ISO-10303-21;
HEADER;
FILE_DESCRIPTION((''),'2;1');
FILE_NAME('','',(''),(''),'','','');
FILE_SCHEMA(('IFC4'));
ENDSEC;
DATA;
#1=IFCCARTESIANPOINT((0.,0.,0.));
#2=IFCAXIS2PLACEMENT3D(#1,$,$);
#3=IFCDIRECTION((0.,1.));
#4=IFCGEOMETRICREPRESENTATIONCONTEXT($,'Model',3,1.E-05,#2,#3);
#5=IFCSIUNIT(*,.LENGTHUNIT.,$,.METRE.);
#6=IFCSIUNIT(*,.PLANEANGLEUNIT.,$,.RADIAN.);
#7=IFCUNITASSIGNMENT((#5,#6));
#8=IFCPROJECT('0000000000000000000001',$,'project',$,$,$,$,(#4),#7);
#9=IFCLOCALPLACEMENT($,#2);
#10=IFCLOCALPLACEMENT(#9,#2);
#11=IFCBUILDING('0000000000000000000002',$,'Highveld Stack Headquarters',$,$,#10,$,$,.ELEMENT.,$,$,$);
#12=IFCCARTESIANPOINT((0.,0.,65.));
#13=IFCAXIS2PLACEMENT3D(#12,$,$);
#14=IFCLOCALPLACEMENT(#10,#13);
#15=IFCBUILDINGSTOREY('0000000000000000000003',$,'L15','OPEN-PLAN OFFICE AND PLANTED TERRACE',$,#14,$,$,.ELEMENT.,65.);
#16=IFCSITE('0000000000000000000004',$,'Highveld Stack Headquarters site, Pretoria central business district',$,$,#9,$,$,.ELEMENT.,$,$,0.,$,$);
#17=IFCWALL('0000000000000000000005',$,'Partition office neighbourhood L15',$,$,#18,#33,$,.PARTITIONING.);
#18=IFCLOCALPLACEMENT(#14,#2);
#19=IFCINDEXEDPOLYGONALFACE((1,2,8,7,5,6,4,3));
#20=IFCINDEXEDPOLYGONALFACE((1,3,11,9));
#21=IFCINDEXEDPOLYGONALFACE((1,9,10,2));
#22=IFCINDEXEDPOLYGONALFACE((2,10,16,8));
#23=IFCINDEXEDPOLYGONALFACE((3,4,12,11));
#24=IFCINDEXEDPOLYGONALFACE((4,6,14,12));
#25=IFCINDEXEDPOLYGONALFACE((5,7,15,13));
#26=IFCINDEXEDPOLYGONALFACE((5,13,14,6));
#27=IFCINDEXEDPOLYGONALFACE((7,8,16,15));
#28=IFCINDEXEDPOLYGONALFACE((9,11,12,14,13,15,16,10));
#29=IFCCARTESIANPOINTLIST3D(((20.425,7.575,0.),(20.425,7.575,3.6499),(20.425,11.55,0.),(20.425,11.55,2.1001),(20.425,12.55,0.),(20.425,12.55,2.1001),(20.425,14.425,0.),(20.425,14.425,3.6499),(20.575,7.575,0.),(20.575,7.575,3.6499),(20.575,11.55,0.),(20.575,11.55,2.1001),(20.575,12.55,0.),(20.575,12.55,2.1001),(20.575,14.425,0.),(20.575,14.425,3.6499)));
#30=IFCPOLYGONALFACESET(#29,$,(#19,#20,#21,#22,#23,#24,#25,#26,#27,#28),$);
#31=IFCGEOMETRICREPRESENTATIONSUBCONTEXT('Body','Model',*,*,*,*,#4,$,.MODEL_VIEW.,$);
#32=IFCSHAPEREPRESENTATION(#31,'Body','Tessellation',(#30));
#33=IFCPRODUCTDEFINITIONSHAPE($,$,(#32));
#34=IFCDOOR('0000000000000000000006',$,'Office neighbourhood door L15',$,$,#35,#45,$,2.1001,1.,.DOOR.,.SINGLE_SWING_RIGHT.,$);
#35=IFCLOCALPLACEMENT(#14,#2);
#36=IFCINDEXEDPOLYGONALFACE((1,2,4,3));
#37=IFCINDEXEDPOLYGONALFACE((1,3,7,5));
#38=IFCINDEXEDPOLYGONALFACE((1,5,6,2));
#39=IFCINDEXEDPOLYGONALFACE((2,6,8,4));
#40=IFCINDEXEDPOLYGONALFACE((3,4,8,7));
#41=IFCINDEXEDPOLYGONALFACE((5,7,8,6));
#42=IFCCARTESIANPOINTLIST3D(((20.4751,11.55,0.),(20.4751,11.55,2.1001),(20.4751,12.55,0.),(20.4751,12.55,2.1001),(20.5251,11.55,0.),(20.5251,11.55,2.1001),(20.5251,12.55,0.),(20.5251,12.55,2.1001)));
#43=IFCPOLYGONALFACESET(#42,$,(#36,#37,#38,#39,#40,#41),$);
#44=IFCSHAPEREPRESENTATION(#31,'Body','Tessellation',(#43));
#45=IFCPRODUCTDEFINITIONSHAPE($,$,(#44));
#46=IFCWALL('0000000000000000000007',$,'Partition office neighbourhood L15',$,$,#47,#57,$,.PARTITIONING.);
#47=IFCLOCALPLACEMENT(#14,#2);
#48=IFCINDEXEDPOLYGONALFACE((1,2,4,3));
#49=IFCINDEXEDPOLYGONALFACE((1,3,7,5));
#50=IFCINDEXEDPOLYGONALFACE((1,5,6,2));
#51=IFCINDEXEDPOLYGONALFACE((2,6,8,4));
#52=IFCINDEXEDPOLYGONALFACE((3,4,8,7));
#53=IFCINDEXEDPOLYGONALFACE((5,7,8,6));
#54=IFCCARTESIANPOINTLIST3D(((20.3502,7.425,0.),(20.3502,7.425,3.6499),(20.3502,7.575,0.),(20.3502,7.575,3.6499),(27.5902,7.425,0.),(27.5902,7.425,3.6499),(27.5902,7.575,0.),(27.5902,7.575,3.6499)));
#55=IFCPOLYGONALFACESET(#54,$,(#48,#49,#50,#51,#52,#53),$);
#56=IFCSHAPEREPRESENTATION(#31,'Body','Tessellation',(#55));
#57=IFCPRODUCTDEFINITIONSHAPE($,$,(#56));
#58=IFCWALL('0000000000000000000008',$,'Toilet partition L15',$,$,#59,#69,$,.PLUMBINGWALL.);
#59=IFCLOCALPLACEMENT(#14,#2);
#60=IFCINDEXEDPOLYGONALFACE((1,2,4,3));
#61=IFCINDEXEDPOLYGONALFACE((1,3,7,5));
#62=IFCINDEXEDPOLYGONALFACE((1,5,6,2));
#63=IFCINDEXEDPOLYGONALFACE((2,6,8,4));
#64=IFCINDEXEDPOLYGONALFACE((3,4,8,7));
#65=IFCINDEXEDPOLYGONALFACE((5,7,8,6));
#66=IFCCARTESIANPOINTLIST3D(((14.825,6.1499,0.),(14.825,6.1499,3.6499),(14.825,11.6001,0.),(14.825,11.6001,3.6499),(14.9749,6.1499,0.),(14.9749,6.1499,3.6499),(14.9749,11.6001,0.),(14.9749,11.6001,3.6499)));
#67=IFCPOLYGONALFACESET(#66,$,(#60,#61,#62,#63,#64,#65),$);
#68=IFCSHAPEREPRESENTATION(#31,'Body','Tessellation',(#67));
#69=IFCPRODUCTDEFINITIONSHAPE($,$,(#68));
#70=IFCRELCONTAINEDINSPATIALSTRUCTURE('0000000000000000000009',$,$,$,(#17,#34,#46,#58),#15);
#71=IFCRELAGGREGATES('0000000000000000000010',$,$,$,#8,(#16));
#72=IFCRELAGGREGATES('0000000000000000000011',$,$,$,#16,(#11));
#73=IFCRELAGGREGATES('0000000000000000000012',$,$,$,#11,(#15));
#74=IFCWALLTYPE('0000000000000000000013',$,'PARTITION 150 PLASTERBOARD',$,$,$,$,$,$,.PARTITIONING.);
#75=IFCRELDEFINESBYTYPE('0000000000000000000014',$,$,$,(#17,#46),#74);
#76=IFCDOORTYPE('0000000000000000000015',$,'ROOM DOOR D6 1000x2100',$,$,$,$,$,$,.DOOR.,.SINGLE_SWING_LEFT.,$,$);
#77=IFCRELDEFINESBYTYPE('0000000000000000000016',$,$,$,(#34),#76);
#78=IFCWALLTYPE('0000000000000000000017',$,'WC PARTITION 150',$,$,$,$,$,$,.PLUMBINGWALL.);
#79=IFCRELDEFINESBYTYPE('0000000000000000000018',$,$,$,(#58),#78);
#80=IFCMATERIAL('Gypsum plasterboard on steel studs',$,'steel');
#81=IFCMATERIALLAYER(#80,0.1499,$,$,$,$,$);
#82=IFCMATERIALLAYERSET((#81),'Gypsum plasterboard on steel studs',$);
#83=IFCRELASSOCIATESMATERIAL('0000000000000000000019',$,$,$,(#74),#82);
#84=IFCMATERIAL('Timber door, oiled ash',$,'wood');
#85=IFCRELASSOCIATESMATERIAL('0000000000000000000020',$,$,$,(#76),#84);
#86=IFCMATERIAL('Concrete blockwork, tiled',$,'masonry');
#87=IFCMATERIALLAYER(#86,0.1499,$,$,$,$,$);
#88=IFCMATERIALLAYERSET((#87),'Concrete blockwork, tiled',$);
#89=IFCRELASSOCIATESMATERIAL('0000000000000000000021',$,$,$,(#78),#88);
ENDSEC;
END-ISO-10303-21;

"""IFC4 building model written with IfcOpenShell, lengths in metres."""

from ifc_helpers import new_model, si_unit, direction, frame, frame_2d, origin, place, context, subcontext, project, spatial, rectangle, extrude, material, layer, layer_set, type_object, element, fill, save


model = new_model("IFC4")

# Units and contexts
model_context = context("Model", 3, precision=1e-05, world=origin(), true_north=direction((0.0, 1.0)))
body_context = subcontext(model_context, "Body", "Model", "MODEL_VIEW")
ifc_project = project(units=[si_unit("LENGTHUNIT", "METRE"), si_unit("PLANEANGLEUNIT", "RADIAN")], contexts=[model_context])

# Site, building, storey
site_placement = place(None, origin())
site = spatial("IfcSite", under=ifc_project, at=site_placement, Name="Highveld Stack Headquarters site, Pretoria central business district", CompositionType="ELEMENT", RefElevation=0.0)
building_placement = place(site_placement, origin())
building = spatial("IfcBuilding", under=site, at=building_placement, Name="Highveld Stack Headquarters", CompositionType="ELEMENT")
storey_placement = place(building_placement, frame((0.0, 0.0, 65.0)))
storey = spatial("IfcBuildingStorey", under=building, at=storey_placement, Name="L15", Description="OPEN-PLAN OFFICE AND PLANTED TERRACE", CompositionType="ELEMENT", Elevation=65.0)

# Shared definitions
ifc_material_1 = material(Name="Gypsum plasterboard on steel studs", Category="steel")
ifc_layer_1 = layer(ifc_material_1, 0.1499)
ifc_layer_set_1 = layer_set([ifc_layer_1], Name="Gypsum plasterboard on steel studs")
wall_type_1 = type_object("IfcWallType", Name="PARTITION 150 PLASTERBOARD", PredefinedType="PARTITIONING", material=ifc_layer_set_1)

# Shared definitions
ifc_material_2 = material(Name="Timber door, oiled ash", Category="wood")
door_type = type_object("IfcDoorType", Name="ROOM DOOR D6 1000x2100", OperationType="SINGLE_SWING_LEFT", PredefinedType="DOOR", material=ifc_material_2)

# Wall, opening, door
wall_1_placement = place(storey_placement, frame((20.5, 7.575, 0.0), z_axis=(0.0, 0.0, 1.0), x_axis=(0.0, 1.0, 0.0)))
wall_1 = element("IfcWall", 1, at=wall_1_placement, inside=storey, type_object=wall_type_1, Name="Partition office neighbourhood L15", PredefinedType="PARTITIONING", context=body_context, shape_type="SweptSolid", body=[
    extrude(rectangle(XDim=6.8501, YDim=0.1499, at=frame_2d((3.425, 0.0))), origin(), (0.0, 0.0, 1.0), 3.6499),
])
opening_1_placement = place(wall_1_placement, frame((3.9751, 0.0, 0.0)))
opening_1 = element("IfcOpeningElement", 2, at=opening_1_placement, cuts=wall_1, PredefinedType="OPENING", context=body_context, shape_type="SweptSolid", body=[
    extrude(rectangle(XDim=1.0, YDim=2.1001, at=frame_2d((0.5, 1.05))), frame((0.0, 0.085, 0.0), z_axis=(0.0, -1.0, 0.0), x_axis=(1.0, 0.0, 0.0)), (0.0, 0.0, 1.0), 0.1699),
])
door_1_placement = place(opening_1_placement, origin())
door_1 = element("IfcDoor", 3, at=door_1_placement, inside=storey, type_object=door_type, Name="Office neighbourhood door L15", OperationType="SINGLE_SWING_RIGHT", OverallHeight=2.1001, OverallWidth=1.0, PredefinedType="DOOR", context=body_context, shape_type="SweptSolid", body=[
    extrude(rectangle(XDim=1.0, YDim=2.1001, at=frame_2d((0.5, 1.05))), frame((0.0, 0.0249, 0.0), z_axis=(0.0, -1.0, 0.0), x_axis=(1.0, 0.0, 0.0)), (0.0, 0.0, 1.0), 0.05),
])
fill(opening_1, door_1)

# Walls
wall_2_placement = place(storey_placement, frame((20.3501, 7.5, 0.0), z_axis=(0.0, 0.0, 1.0), x_axis=(1.0, 0.0, 0.0)))
element("IfcWall", 4, at=wall_2_placement, inside=storey, type_object=wall_type_1, Name="Partition office neighbourhood L15", PredefinedType="PARTITIONING", context=body_context, shape_type="SweptSolid", body=[
    extrude(rectangle(XDim=7.24, YDim=0.1499, at=frame_2d((3.6201, 0.0))), origin(), (0.0, 0.0, 1.0), 3.6499),
])
ifc_material_3 = material(Name="Concrete blockwork, tiled", Category="masonry")
ifc_layer_2 = layer(ifc_material_3, 0.1499)
ifc_layer_set_2 = layer_set([ifc_layer_2], Name="Concrete blockwork, tiled")
wall_type_2 = type_object("IfcWallType", Name="WC PARTITION 150", PredefinedType="PLUMBINGWALL", material=ifc_layer_set_2)
wall_3_placement = place(storey_placement, frame((14.8999, 6.1499, 0.0), z_axis=(0.0, 0.0, 1.0), x_axis=(0.0, 1.0, 0.0)))
element("IfcWall", 5, at=wall_3_placement, inside=storey, type_object=wall_type_2, Name="Toilet partition L15", PredefinedType="PLUMBINGWALL", context=body_context, shape_type="SweptSolid", body=[
    extrude(rectangle(XDim=5.4502, YDim=0.1499, at=frame_2d((2.7251, 0.0))), origin(), (0.0, 0.0, 1.0), 3.6499),
])

save(model, "model.ifc")
